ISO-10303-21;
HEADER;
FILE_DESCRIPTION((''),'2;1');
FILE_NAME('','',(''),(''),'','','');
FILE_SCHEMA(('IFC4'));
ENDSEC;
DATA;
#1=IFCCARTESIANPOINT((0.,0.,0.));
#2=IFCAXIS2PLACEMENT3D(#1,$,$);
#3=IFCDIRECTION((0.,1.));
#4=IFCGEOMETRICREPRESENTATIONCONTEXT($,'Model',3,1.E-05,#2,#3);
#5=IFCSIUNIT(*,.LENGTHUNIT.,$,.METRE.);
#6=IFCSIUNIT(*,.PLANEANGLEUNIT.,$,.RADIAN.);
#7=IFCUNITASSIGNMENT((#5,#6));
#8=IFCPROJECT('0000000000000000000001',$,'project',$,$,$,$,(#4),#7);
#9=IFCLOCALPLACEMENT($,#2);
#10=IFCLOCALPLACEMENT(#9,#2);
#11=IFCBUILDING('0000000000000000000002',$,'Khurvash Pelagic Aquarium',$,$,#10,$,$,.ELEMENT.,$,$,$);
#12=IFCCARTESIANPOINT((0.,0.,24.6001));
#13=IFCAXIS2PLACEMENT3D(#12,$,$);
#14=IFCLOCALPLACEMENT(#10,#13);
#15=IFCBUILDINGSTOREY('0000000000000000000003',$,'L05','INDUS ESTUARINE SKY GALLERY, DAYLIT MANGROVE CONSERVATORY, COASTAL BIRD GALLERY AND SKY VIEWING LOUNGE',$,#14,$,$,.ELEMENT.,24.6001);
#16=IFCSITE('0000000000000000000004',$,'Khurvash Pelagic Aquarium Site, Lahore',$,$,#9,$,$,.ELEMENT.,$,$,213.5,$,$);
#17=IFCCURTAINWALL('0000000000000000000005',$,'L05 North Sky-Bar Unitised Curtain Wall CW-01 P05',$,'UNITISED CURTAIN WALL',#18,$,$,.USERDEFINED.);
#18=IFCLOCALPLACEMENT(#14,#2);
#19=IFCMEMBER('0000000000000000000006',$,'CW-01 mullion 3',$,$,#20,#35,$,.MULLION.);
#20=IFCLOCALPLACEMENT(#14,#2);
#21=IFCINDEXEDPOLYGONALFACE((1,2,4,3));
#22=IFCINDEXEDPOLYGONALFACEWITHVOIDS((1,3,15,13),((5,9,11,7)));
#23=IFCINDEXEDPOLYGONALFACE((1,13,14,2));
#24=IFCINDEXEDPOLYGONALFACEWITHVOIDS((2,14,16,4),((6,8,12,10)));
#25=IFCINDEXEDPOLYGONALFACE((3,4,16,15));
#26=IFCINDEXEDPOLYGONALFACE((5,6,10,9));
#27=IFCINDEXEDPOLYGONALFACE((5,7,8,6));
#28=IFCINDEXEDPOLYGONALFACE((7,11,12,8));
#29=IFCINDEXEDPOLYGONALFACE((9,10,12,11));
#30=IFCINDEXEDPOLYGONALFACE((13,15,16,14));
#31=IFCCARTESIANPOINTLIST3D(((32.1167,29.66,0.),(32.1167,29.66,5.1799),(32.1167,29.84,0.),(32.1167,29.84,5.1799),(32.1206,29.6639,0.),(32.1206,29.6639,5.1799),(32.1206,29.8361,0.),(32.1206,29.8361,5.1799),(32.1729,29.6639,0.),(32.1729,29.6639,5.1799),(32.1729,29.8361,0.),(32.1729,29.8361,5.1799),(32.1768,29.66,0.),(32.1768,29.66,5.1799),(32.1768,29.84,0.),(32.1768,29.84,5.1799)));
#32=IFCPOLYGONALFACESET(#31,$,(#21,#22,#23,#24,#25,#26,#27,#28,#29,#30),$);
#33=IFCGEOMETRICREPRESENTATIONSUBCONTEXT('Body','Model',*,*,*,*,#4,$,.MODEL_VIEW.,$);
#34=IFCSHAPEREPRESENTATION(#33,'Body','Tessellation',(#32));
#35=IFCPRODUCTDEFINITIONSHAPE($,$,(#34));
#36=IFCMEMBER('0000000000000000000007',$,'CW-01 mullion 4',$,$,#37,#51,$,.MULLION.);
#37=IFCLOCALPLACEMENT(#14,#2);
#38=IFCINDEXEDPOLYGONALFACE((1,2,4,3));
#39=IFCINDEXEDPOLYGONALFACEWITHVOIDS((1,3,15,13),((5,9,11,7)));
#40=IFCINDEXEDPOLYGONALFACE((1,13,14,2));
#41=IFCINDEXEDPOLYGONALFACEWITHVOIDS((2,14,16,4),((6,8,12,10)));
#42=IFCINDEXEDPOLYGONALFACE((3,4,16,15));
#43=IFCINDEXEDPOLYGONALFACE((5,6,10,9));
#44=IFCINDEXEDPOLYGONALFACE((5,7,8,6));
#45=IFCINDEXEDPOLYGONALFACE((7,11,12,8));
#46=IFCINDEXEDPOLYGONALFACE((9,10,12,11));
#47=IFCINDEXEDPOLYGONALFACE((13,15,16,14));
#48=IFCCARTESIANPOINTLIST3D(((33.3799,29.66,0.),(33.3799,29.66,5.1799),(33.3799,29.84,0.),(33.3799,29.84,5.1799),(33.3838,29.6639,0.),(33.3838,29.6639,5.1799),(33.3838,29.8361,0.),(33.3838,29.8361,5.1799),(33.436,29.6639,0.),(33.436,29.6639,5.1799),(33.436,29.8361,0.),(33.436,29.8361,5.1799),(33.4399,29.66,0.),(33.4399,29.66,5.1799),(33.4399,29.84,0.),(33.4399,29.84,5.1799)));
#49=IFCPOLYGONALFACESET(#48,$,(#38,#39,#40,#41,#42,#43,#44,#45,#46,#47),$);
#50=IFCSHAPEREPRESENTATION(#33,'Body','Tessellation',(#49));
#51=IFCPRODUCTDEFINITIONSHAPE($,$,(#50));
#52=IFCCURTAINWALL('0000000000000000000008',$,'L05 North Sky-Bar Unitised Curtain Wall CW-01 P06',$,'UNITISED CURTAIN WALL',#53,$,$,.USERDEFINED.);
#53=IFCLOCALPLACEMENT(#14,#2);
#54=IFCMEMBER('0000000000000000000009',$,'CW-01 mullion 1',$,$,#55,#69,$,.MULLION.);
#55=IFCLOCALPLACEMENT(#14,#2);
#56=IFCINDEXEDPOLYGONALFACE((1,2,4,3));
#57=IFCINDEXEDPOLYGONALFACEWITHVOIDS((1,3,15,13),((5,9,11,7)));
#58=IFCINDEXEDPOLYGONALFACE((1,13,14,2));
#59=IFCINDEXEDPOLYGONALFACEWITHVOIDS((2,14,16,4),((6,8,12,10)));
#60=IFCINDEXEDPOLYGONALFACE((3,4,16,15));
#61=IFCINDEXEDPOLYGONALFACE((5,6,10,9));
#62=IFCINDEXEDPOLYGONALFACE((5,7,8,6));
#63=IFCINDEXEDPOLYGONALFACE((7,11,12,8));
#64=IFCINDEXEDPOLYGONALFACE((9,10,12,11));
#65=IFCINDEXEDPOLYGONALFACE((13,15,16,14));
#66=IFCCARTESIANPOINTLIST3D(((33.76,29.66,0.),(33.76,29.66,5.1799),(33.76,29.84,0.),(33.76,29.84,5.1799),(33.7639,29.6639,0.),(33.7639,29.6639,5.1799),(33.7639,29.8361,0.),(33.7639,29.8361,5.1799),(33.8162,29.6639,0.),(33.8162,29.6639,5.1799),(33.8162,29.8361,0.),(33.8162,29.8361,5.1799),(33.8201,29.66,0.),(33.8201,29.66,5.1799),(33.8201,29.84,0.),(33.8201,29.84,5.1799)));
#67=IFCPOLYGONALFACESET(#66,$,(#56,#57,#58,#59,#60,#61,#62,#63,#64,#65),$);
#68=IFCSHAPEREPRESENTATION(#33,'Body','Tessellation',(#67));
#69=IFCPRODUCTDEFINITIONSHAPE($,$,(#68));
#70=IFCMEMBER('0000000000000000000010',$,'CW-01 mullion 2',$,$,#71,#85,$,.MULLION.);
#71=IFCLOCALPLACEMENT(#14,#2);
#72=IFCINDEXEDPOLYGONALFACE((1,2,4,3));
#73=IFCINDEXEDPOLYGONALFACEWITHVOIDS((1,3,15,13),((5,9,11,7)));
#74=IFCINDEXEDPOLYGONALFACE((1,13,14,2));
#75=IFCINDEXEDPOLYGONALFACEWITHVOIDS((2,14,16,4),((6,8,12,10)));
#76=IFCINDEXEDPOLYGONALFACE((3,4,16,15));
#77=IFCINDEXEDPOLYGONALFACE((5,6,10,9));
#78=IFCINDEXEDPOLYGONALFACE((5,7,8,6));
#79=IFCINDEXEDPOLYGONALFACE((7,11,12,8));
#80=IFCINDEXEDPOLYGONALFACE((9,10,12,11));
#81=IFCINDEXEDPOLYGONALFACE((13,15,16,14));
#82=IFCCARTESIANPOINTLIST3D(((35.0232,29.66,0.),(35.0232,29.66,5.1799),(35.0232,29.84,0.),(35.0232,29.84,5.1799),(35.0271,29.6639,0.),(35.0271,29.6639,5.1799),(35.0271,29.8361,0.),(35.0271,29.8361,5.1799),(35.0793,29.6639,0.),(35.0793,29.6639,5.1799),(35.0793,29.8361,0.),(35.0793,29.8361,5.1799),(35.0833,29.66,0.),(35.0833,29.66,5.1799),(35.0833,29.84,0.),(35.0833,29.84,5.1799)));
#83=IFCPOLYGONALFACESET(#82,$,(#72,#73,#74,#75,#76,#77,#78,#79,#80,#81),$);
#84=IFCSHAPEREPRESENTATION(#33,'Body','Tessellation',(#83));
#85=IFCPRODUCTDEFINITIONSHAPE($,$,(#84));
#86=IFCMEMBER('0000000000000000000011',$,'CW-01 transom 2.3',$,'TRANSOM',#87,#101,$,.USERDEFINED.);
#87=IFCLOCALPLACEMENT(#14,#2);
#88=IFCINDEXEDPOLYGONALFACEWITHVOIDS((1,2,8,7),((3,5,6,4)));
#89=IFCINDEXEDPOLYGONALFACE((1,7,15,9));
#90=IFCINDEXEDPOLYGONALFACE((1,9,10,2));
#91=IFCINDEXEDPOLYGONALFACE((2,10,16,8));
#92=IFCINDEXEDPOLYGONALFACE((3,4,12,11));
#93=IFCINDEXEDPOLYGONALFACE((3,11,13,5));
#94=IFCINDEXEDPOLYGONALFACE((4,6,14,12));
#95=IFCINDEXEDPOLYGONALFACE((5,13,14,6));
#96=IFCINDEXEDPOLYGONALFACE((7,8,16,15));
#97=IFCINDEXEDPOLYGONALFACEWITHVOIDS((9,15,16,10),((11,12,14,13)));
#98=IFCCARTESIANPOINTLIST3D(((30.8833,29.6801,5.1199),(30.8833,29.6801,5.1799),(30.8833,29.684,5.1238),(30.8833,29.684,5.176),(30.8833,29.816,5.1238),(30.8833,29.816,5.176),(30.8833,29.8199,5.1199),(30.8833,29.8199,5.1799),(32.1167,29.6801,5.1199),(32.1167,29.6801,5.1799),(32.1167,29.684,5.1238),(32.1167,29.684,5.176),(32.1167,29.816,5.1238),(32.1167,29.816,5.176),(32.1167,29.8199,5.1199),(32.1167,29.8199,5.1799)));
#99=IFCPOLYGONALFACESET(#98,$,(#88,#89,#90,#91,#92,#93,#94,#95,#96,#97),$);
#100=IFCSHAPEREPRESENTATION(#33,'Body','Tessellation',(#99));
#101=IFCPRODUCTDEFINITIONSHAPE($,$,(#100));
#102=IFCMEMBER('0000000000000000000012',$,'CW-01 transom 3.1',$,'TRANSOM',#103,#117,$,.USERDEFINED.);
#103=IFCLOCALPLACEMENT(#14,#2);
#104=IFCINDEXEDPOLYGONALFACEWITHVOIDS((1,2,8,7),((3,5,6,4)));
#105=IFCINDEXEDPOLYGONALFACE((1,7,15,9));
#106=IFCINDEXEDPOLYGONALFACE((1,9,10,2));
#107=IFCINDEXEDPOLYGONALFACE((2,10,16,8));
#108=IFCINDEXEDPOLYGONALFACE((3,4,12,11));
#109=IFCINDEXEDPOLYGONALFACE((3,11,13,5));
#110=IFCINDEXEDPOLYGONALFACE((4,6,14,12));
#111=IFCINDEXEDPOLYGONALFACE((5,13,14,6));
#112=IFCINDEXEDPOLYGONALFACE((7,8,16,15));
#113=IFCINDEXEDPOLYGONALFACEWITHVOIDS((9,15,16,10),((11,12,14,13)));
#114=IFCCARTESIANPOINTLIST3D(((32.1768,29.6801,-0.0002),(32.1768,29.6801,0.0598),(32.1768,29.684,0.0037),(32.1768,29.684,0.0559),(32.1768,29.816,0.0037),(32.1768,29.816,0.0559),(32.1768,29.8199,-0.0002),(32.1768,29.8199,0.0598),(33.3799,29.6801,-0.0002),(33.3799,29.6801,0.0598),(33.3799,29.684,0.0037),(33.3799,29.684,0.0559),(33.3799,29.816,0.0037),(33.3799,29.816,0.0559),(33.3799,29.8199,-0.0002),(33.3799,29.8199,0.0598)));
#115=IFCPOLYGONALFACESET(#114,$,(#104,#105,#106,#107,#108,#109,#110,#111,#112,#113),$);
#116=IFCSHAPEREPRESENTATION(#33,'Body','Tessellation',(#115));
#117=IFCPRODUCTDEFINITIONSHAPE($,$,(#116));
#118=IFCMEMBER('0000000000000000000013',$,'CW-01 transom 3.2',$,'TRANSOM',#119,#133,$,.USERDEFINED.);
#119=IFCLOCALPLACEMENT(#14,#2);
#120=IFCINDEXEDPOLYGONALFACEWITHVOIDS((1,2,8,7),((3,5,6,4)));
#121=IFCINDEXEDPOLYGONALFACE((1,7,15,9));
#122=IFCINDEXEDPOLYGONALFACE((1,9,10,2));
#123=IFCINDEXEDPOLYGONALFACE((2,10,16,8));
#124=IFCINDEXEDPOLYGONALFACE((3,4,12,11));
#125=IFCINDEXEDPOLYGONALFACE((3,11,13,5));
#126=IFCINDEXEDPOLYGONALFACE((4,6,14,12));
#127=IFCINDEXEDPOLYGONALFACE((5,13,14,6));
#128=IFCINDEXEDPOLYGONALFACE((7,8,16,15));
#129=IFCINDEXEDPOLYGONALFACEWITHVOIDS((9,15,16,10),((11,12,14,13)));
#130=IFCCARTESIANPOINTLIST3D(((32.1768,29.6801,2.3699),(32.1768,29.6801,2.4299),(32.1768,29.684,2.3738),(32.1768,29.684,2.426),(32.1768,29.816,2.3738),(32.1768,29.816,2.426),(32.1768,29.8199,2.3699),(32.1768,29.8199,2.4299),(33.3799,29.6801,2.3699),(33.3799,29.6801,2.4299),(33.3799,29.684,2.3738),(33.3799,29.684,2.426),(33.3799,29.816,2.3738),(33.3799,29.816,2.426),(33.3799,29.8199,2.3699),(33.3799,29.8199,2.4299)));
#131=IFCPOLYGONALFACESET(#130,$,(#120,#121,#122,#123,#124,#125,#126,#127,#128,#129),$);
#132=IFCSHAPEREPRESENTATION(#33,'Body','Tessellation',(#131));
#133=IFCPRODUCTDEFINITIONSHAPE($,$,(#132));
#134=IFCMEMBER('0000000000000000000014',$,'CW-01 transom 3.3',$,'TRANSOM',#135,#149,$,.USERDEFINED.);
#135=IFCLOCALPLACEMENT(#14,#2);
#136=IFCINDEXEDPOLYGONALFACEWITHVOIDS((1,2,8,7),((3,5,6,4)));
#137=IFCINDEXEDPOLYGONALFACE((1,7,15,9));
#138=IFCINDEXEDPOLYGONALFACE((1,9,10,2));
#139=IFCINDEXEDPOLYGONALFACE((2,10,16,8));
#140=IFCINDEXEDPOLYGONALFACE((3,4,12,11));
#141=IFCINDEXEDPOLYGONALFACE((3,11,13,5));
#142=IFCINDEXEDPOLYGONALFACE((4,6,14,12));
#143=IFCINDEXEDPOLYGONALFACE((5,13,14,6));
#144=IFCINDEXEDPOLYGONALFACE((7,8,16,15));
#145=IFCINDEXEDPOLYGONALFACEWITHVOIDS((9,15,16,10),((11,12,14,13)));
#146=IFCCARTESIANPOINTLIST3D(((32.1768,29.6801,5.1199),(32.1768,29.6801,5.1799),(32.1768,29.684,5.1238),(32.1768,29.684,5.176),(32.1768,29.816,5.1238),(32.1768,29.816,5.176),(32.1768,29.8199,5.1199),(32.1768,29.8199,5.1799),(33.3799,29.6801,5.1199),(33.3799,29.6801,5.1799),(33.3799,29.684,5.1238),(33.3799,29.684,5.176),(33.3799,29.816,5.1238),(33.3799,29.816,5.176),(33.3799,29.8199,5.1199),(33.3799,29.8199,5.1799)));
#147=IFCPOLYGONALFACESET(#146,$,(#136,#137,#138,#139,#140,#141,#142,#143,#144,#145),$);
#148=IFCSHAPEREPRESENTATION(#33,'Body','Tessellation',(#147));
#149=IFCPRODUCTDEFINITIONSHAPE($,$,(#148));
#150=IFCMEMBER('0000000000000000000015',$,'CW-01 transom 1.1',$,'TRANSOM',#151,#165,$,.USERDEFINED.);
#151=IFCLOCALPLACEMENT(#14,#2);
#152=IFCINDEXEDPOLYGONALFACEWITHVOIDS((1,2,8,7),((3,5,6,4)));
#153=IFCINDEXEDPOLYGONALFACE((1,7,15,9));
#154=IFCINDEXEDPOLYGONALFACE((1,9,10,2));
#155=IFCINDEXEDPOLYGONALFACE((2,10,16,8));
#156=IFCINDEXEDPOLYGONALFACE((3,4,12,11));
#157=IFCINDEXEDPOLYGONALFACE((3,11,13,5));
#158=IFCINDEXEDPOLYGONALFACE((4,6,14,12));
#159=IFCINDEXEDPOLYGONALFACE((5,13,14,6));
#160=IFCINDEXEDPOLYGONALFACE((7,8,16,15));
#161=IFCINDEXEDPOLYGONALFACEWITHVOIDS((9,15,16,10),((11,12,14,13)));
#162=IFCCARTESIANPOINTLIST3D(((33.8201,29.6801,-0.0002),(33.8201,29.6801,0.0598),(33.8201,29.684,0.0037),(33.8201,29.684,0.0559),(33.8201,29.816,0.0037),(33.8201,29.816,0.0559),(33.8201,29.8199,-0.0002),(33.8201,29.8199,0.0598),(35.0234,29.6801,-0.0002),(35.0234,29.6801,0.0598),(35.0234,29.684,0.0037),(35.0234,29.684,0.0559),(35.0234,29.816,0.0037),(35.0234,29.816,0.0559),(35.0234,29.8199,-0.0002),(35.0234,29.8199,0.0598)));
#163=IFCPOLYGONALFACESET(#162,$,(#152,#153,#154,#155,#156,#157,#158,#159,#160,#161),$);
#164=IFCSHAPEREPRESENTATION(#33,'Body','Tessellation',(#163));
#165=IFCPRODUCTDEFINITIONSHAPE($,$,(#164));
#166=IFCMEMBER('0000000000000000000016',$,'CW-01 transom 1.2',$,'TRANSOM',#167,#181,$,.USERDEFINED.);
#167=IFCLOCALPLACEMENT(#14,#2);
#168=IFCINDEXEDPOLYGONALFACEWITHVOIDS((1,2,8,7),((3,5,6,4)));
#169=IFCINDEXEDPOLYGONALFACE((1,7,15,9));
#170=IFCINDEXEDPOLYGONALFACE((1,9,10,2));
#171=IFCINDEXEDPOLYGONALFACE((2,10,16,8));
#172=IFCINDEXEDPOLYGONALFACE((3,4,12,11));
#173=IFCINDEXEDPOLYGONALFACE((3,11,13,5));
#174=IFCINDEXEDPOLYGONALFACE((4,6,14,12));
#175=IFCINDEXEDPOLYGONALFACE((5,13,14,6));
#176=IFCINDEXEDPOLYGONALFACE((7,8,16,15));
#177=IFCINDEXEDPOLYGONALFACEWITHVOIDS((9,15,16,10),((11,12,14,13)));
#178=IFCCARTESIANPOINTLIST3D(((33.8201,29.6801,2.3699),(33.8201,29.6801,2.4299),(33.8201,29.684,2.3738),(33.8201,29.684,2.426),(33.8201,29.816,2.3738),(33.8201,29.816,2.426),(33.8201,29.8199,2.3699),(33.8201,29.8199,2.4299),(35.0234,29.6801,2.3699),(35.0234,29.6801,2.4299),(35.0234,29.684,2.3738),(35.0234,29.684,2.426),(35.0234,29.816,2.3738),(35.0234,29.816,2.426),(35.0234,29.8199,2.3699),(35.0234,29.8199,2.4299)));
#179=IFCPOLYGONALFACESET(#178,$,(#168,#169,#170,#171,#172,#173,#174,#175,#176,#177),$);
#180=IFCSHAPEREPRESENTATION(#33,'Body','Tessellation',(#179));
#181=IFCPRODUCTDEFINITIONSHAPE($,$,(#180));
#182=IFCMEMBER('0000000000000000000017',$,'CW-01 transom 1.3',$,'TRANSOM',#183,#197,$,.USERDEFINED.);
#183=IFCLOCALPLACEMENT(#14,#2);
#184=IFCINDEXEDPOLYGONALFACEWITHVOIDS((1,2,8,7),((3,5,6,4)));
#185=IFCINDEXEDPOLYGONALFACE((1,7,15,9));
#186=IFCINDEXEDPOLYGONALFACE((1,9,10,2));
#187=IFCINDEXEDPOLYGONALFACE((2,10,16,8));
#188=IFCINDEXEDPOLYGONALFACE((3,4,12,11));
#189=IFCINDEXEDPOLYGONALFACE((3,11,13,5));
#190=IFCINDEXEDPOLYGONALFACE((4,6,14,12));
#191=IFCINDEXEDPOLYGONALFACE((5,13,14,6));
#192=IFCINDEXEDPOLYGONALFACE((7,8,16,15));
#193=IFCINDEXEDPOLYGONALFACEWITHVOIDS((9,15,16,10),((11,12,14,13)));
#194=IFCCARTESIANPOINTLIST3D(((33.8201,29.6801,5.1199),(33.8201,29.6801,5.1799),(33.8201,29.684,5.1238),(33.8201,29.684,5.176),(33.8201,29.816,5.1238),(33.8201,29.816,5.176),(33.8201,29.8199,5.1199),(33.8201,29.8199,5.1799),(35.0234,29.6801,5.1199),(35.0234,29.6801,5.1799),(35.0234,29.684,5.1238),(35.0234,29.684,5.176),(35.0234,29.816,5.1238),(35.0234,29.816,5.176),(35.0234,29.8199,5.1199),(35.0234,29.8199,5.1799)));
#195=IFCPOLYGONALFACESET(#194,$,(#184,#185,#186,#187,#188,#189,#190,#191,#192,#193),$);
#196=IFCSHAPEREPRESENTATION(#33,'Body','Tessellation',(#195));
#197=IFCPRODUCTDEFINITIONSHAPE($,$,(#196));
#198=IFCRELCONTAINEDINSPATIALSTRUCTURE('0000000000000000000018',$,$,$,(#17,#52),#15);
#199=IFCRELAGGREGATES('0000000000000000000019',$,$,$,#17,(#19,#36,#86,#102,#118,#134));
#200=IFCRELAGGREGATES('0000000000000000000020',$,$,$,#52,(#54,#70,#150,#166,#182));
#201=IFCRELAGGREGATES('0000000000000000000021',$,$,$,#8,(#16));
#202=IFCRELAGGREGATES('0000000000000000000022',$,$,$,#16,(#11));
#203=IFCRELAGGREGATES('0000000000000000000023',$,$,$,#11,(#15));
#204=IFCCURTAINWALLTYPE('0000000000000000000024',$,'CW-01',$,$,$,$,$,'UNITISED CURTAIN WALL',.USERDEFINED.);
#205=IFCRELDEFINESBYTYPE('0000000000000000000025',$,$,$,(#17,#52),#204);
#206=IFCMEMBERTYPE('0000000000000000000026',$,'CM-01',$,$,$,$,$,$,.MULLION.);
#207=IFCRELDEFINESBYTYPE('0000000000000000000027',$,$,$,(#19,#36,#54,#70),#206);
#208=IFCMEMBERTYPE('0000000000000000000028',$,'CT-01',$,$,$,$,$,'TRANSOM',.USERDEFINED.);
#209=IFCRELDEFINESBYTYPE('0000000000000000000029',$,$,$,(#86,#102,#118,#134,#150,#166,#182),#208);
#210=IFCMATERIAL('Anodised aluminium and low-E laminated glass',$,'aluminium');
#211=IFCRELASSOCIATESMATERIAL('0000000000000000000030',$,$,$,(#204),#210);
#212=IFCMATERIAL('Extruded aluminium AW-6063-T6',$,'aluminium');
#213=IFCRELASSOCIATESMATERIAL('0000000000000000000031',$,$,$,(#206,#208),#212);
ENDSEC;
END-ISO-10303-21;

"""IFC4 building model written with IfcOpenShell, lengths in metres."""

from ifc_helpers import new_model, si_unit, direction, frame, origin, origin_2d, place, context, subcontext, project, spatial, hollow_rectangle, extrude, material, material_profile, profile_set, type_object, element, aggregate, save


model = new_model("IFC4")

# Units and contexts
model_context = context("Model", 3, precision=1e-05, world=origin(), true_north=direction((0.0, 1.0)))
body_context = subcontext(model_context, "Body", "Model", "MODEL_VIEW")
ifc_project = project(units=[si_unit("LENGTHUNIT", "METRE"), si_unit("PLANEANGLEUNIT", "RADIAN")], contexts=[model_context])

# Site, building, storey
site_placement = place(None, origin())
site = spatial("IfcSite", under=ifc_project, at=site_placement, Name="Khurvash Pelagic Aquarium Site, Lahore", CompositionType="ELEMENT", RefElevation=213.5)
building_placement = place(site_placement, origin())
building = spatial("IfcBuilding", under=site, at=building_placement, Name="Khurvash Pelagic Aquarium", CompositionType="ELEMENT")
storey_placement = place(building_placement, frame((0.0, 0.0, 24.6001)))
storey = spatial("IfcBuildingStorey", under=building, at=storey_placement, Name="L05", Description="INDUS ESTUARINE SKY GALLERY, DAYLIT MANGROVE CONSERVATORY, COASTAL BIRD GALLERY AND SKY VIEWING LOUNGE", CompositionType="ELEMENT", Elevation=24.6001)

# Curtain walls, members
ifc_material_1 = material(Name="Anodised aluminium and low-E laminated glass", Category="aluminium")
curtain_wall_type = type_object("IfcCurtainWallType", Name="CW-01", ElementType="UNITISED CURTAIN WALL", PredefinedType="USERDEFINED", material=ifc_material_1)
curtain_wall_1_placement = place(storey_placement, origin())
curtain_wall_1 = element("IfcCurtainWall", 1, at=curtain_wall_1_placement, inside=storey, type_object=curtain_wall_type, Name="L05 North Sky-Bar Unitised Curtain Wall CW-01 P05", ObjectType="UNITISED CURTAIN WALL", PredefinedType="USERDEFINED")
ifc_material_2 = material(Name="Extruded aluminium AW-6063-T6", Category="aluminium")
ifc_material_profile_1 = material_profile(ifc_material_2, hollow_rectangle(XDim=0.0601, YDim=0.1799, WallThickness=0.0039, at=origin_2d()), Name="CWM60X180X4")
ifc_profile_set_1 = profile_set([ifc_material_profile_1], Name="Extruded aluminium AW-6063-T6")
member_type_1 = type_object("IfcMemberType", Name="CM-01", PredefinedType="MULLION", material=ifc_profile_set_1)
member_1_placement = place(storey_placement, frame((32.1467, 29.75, 0.0), z_axis=(0.0, 0.0, 1.0), x_axis=(1.0, 0.0, 0.0)))
member_1 = element("IfcMember", 2, at=member_1_placement, type_object=member_type_1, Name="CW-01 mullion 3", PredefinedType="MULLION", context=body_context, shape_type="SweptSolid", body=[
    extrude(hollow_rectangle(XDim=0.0601, YDim=0.1799, WallThickness=0.0039, at=origin_2d()), origin(), (0.0, 0.0, 1.0), 5.1799),
])
member_2_placement = place(storey_placement, frame((33.4099, 29.75, 0.0), z_axis=(0.0, 0.0, 1.0), x_axis=(1.0, 0.0, 0.0)))
member_2 = element("IfcMember", 3, at=member_2_placement, type_object=member_type_1, Name="CW-01 mullion 4", PredefinedType="MULLION", context=body_context, shape_type="SweptSolid", body=[
    extrude(hollow_rectangle(XDim=0.0601, YDim=0.1799, WallThickness=0.0039, at=origin_2d()), origin(), (0.0, 0.0, 1.0), 5.1799),
])
curtain_wall_2_placement = place(storey_placement, origin())
curtain_wall_2 = element("IfcCurtainWall", 4, at=curtain_wall_2_placement, inside=storey, type_object=curtain_wall_type, Name="L05 North Sky-Bar Unitised Curtain Wall CW-01 P06", ObjectType="UNITISED CURTAIN WALL", PredefinedType="USERDEFINED")
member_3_placement = place(storey_placement, frame((33.79, 29.75, 0.0), z_axis=(0.0, 0.0, 1.0), x_axis=(1.0, 0.0, 0.0)))
member_3 = element("IfcMember", 5, at=member_3_placement, type_object=member_type_1, Name="CW-01 mullion 1", PredefinedType="MULLION", context=body_context, shape_type="SweptSolid", body=[
    extrude(hollow_rectangle(XDim=0.0601, YDim=0.1799, WallThickness=0.0039, at=origin_2d()), origin(), (0.0, 0.0, 1.0), 5.1799),
])
member_4_placement = place(storey_placement, frame((35.0532, 29.75, 0.0), z_axis=(0.0, 0.0, 1.0), x_axis=(1.0, 0.0, 0.0)))
member_4 = element("IfcMember", 6, at=member_4_placement, type_object=member_type_1, Name="CW-01 mullion 2", PredefinedType="MULLION", context=body_context, shape_type="SweptSolid", body=[
    extrude(hollow_rectangle(XDim=0.0601, YDim=0.1799, WallThickness=0.0039, at=origin_2d()), origin(), (0.0, 0.0, 1.0), 5.1799),
])

# Members
ifc_material_profile_2 = material_profile(ifc_material_2, hollow_rectangle(XDim=0.1399, YDim=0.0601, WallThickness=0.0039, at=origin_2d()), Name="CWT140X60X4")
ifc_profile_set_2 = profile_set([ifc_material_profile_2], Name="Extruded aluminium AW-6063-T6")
member_type_2 = type_object("IfcMemberType", Name="CT-01", ElementType="TRANSOM", PredefinedType="USERDEFINED", material=ifc_profile_set_2)
member_5_placement = place(storey_placement, frame((30.8833, 29.75, 5.1499), z_axis=(1.0, 0.0, 0.0), x_axis=(0.0, 1.0, 0.0)))
member_5 = element("IfcMember", 7, at=member_5_placement, type_object=member_type_2, Name="CW-01 transom 2.3", ObjectType="TRANSOM", PredefinedType="USERDEFINED", context=body_context, shape_type="SweptSolid", body=[
    extrude(hollow_rectangle(XDim=0.1399, YDim=0.0601, WallThickness=0.0039, at=origin_2d()), origin(), (0.0, 0.0, 1.0), 1.2334),
])
member_6_placement = place(storey_placement, frame((32.1768, 29.75, 0.0298), z_axis=(1.0, 0.0, 0.0), x_axis=(0.0, 1.0, 0.0)))
member_6 = element("IfcMember", 8, at=member_6_placement, type_object=member_type_2, Name="CW-01 transom 3.1", ObjectType="TRANSOM", PredefinedType="USERDEFINED", context=body_context, shape_type="SweptSolid", body=[
    extrude(hollow_rectangle(XDim=0.1399, YDim=0.0601, WallThickness=0.0039, at=origin_2d()), origin(), (0.0, 0.0, 1.0), 1.2031),
])
member_7_placement = place(storey_placement, frame((32.1768, 29.75, 2.3999), z_axis=(1.0, 0.0, 0.0), x_axis=(0.0, 1.0, 0.0)))
member_7 = element("IfcMember", 9, at=member_7_placement, type_object=member_type_2, Name="CW-01 transom 3.2", ObjectType="TRANSOM", PredefinedType="USERDEFINED", context=body_context, shape_type="SweptSolid", body=[
    extrude(hollow_rectangle(XDim=0.1399, YDim=0.0601, WallThickness=0.0039, at=origin_2d()), origin(), (0.0, 0.0, 1.0), 1.2031),
])
member_8_placement = place(storey_placement, frame((32.1768, 29.75, 5.1499), z_axis=(1.0, 0.0, 0.0), x_axis=(0.0, 1.0, 0.0)))
member_8 = element("IfcMember", 10, at=member_8_placement, type_object=member_type_2, Name="CW-01 transom 3.3", ObjectType="TRANSOM", PredefinedType="USERDEFINED", context=body_context, shape_type="SweptSolid", body=[
    extrude(hollow_rectangle(XDim=0.1399, YDim=0.0601, WallThickness=0.0039, at=origin_2d()), origin(), (0.0, 0.0, 1.0), 1.2031),
])
member_9_placement = place(storey_placement, frame((33.8201, 29.75, 0.0298), z_axis=(1.0, 0.0, 0.0), x_axis=(0.0, 1.0, 0.0)))
member_9 = element("IfcMember", 11, at=member_9_placement, type_object=member_type_2, Name="CW-01 transom 1.1", ObjectType="TRANSOM", PredefinedType="USERDEFINED", context=body_context, shape_type="SweptSolid", body=[
    extrude(hollow_rectangle(XDim=0.1399, YDim=0.0601, WallThickness=0.0039, at=origin_2d()), origin(), (0.0, 0.0, 1.0), 1.2034),
])
member_10_placement = place(storey_placement, frame((33.8201, 29.75, 2.3999), z_axis=(1.0, 0.0, 0.0), x_axis=(0.0, 1.0, 0.0)))
member_10 = element("IfcMember", 12, at=member_10_placement, type_object=member_type_2, Name="CW-01 transom 1.2", ObjectType="TRANSOM", PredefinedType="USERDEFINED", context=body_context, shape_type="SweptSolid", body=[
    extrude(hollow_rectangle(XDim=0.1399, YDim=0.0601, WallThickness=0.0039, at=origin_2d()), origin(), (0.0, 0.0, 1.0), 1.2034),
])
member_11_placement = place(storey_placement, frame((33.8201, 29.75, 5.1499), z_axis=(1.0, 0.0, 0.0), x_axis=(0.0, 1.0, 0.0)))
member_11 = element("IfcMember", 13, at=member_11_placement, type_object=member_type_2, Name="CW-01 transom 1.3", ObjectType="TRANSOM", PredefinedType="USERDEFINED", context=body_context, shape_type="SweptSolid", body=[
    extrude(hollow_rectangle(XDim=0.1399, YDim=0.0601, WallThickness=0.0039, at=origin_2d()), origin(), (0.0, 0.0, 1.0), 1.2034),
])

aggregate(curtain_wall_1, [member_1, member_2, member_5, member_6, member_7, member_8])
aggregate(curtain_wall_2, [member_3, member_4, member_9, member_10, member_11])

save(model, "model.ifc")
